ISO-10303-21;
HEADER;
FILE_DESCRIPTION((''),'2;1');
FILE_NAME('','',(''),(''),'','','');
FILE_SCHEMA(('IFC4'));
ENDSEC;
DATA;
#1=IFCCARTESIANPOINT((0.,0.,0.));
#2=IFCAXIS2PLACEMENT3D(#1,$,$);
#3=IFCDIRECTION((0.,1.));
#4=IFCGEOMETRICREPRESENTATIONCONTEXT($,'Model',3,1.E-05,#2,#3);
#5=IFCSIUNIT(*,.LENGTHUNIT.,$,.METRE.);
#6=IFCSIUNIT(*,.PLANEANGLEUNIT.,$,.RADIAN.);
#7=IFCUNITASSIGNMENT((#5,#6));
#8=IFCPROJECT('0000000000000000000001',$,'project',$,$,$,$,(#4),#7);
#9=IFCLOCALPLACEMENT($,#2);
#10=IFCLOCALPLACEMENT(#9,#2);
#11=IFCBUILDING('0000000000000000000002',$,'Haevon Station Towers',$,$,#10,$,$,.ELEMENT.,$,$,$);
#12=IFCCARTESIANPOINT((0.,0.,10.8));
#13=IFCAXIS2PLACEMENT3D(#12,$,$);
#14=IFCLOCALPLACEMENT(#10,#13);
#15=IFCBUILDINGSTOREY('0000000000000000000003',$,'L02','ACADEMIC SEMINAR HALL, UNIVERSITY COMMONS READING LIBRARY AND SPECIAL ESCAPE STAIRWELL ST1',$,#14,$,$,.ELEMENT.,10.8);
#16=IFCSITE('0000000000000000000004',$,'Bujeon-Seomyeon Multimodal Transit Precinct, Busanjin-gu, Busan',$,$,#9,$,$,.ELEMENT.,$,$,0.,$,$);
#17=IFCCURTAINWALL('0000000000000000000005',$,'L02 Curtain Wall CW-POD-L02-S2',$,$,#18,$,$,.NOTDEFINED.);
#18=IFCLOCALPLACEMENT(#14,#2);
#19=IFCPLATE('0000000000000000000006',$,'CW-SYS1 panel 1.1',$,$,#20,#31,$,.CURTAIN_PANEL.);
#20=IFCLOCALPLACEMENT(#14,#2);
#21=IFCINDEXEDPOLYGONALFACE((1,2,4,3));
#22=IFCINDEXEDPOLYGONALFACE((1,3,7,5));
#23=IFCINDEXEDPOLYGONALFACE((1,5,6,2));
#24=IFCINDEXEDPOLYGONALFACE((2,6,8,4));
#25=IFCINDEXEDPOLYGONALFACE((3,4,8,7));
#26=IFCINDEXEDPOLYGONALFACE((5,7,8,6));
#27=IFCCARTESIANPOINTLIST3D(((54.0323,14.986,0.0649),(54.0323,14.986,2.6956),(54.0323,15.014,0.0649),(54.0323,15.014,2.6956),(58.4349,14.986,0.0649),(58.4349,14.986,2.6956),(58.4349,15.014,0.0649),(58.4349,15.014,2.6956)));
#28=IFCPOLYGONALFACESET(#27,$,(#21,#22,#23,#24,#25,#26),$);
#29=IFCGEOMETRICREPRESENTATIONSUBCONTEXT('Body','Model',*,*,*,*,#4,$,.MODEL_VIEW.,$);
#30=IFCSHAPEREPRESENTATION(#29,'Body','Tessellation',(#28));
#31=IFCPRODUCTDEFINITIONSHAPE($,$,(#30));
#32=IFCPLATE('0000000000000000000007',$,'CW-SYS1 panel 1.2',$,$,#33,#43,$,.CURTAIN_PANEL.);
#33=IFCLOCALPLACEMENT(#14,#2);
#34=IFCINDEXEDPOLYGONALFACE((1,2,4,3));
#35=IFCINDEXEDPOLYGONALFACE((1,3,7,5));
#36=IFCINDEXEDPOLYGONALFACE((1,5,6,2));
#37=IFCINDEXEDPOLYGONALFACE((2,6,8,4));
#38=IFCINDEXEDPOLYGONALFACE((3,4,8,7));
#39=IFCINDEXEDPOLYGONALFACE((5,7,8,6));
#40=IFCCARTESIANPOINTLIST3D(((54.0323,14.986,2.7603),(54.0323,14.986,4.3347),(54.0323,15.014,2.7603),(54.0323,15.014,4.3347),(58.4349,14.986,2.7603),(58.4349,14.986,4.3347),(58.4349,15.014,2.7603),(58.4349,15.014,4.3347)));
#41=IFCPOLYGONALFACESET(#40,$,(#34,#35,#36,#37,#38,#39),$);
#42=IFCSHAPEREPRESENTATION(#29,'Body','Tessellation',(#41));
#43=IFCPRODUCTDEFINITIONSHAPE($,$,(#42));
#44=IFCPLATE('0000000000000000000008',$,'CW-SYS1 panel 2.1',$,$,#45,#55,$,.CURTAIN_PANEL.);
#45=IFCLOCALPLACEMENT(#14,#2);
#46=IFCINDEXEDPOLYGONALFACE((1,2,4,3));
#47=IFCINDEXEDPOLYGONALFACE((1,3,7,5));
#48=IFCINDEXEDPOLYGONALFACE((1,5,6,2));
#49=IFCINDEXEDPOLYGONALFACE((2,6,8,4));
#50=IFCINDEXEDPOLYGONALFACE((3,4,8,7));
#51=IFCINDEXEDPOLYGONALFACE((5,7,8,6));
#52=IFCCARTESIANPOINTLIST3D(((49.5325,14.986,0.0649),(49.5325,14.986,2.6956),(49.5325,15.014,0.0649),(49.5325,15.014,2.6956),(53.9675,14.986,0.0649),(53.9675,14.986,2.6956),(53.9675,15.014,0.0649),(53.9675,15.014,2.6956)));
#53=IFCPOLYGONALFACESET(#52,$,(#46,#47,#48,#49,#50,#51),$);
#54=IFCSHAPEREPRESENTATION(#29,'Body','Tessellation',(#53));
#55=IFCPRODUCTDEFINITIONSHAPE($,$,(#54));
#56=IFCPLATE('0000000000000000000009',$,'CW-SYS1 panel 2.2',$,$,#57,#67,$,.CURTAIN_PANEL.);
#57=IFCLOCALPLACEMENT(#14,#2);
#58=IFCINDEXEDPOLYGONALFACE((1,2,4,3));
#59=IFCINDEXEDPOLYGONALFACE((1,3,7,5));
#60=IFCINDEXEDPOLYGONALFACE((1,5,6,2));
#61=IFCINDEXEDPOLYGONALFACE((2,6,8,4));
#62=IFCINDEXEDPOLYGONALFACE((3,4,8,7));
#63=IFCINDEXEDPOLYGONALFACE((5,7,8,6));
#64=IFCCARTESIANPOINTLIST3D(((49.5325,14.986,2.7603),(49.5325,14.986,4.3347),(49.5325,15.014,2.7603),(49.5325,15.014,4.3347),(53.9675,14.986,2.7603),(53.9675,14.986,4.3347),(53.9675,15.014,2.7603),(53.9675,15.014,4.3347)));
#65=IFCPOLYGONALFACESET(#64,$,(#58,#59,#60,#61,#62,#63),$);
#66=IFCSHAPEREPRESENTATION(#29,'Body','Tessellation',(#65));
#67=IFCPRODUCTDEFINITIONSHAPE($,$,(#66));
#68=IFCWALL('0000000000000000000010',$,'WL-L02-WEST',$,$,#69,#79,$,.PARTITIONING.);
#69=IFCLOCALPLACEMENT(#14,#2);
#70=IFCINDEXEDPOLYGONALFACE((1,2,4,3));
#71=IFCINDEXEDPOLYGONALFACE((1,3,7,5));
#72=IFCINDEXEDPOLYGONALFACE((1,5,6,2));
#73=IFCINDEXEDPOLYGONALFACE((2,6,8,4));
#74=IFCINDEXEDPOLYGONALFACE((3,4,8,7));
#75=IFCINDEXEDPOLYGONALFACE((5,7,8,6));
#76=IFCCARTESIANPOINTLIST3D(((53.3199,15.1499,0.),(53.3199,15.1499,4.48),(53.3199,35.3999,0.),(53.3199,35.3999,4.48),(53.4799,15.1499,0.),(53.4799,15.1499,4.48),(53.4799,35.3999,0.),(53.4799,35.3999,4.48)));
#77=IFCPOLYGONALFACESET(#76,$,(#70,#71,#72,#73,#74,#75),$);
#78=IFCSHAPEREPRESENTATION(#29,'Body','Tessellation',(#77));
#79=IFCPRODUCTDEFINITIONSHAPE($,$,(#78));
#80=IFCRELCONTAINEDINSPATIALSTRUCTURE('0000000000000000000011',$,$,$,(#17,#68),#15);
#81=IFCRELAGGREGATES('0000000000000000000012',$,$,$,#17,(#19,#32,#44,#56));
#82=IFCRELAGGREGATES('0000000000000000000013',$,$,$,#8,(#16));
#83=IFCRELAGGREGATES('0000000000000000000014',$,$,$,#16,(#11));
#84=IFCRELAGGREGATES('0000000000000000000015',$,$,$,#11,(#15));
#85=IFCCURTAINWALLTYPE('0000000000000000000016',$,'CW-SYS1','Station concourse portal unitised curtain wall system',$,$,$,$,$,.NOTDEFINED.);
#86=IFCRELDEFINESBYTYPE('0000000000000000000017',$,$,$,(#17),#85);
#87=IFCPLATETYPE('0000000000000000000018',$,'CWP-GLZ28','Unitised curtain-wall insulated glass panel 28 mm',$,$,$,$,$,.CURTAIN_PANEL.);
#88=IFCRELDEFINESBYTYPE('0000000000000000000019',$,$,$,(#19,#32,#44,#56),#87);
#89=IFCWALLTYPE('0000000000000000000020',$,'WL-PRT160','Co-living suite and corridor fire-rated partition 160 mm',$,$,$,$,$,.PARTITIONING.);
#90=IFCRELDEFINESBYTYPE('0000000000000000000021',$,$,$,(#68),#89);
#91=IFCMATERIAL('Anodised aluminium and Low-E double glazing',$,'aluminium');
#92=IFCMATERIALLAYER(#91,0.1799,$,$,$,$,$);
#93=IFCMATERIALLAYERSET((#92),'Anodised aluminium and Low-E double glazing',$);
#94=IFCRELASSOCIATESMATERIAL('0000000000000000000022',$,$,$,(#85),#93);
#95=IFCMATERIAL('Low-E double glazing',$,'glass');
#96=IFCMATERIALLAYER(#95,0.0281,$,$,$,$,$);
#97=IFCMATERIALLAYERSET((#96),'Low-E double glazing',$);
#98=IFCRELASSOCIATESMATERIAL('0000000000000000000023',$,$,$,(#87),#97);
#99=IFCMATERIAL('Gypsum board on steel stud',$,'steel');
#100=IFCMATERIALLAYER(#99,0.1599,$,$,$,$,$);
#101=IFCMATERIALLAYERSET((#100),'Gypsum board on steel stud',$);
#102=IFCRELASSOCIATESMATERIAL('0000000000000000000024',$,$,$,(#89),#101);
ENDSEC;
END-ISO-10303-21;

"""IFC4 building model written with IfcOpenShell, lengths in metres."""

from ifc_helpers import new_model, si_unit, direction, frame, frame_2d, origin, origin_2d, place, context, subcontext, project, spatial, rectangle, extrude, material, layer, layer_set, type_object, element, aggregate, save


model = new_model("IFC4")

# Units and contexts
model_context = context("Model", 3, precision=1e-05, world=origin(), true_north=direction((0.0, 1.0)))
body_context = subcontext(model_context, "Body", "Model", "MODEL_VIEW")
ifc_project = project(units=[si_unit("LENGTHUNIT", "METRE"), si_unit("PLANEANGLEUNIT", "RADIAN")], contexts=[model_context])

# Site, building, storey
site_placement = place(None, origin())
site = spatial("IfcSite", under=ifc_project, at=site_placement, Name="Bujeon-Seomyeon Multimodal Transit Precinct, Busanjin-gu, Busan", CompositionType="ELEMENT", RefElevation=0.0)
building_placement = place(site_placement, origin())
building = spatial("IfcBuilding", under=site, at=building_placement, Name="Haevon Station Towers", CompositionType="ELEMENT")
storey_placement = place(building_placement, frame((0.0, 0.0, 10.8)))
storey = spatial("IfcBuildingStorey", under=building, at=storey_placement, Name="L02", Description="ACADEMIC SEMINAR HALL, UNIVERSITY COMMONS READING LIBRARY AND SPECIAL ESCAPE STAIRWELL ST1", CompositionType="ELEMENT", Elevation=10.8)

# Curtain wall, plates
ifc_material_1 = material(Name="Anodised aluminium and Low-E double glazing", Category="aluminium")
ifc_layer_1 = layer(ifc_material_1, 0.1799)
ifc_layer_set_1 = layer_set([ifc_layer_1], Name="Anodised aluminium and Low-E double glazing")
curtain_wall_type = type_object("IfcCurtainWallType", Name="CW-SYS1", Description="Station concourse portal unitised curtain wall system", PredefinedType="NOTDEFINED", material=ifc_layer_set_1)
curtain_wall_placement = place(storey_placement, origin())
curtain_wall = element("IfcCurtainWall", 1, at=curtain_wall_placement, inside=storey, type_object=curtain_wall_type, Name="L02 Curtain Wall CW-POD-L02-S2", PredefinedType="NOTDEFINED")
ifc_material_2 = material(Name="Low-E double glazing", Category="glass")
ifc_layer_2 = layer(ifc_material_2, 0.0281)
ifc_layer_set_2 = layer_set([ifc_layer_2], Name="Low-E double glazing")
plate_type = type_object("IfcPlateType", Name="CWP-GLZ28", Description="Unitised curtain-wall insulated glass panel 28 mm", PredefinedType="CURTAIN_PANEL", material=ifc_layer_set_2)
plate_1_placement = place(storey_placement, frame((56.2336, 15.0, 0.0649), z_axis=(0.0, 0.0, 1.0), x_axis=(-1.0, 0.0, 0.0)))
plate_1 = element("IfcPlate", 2, at=plate_1_placement, type_object=plate_type, Name="CW-SYS1 panel 1.1", PredefinedType="CURTAIN_PANEL", context=body_context, shape_type="SweptSolid", body=[
    extrude(rectangle(XDim=4.4026, YDim=0.0281, at=origin_2d()), origin(), (0.0, 0.0, 1.0), 2.6306),
])
plate_2_placement = place(storey_placement, frame((56.2336, 15.0, 2.7603), z_axis=(0.0, 0.0, 1.0), x_axis=(-1.0, 0.0, 0.0)))
plate_2 = element("IfcPlate", 3, at=plate_2_placement, type_object=plate_type, Name="CW-SYS1 panel 1.2", PredefinedType="CURTAIN_PANEL", context=body_context, shape_type="SweptSolid", body=[
    extrude(rectangle(XDim=4.4026, YDim=0.0281, at=origin_2d()), origin(), (0.0, 0.0, 1.0), 1.5745),
])
plate_3_placement = place(storey_placement, frame((51.75, 15.0, 0.0649), z_axis=(0.0, 0.0, 1.0), x_axis=(-1.0, 0.0, 0.0)))
plate_3 = element("IfcPlate", 4, at=plate_3_placement, type_object=plate_type, Name="CW-SYS1 panel 2.1", PredefinedType="CURTAIN_PANEL", context=body_context, shape_type="SweptSolid", body=[
    extrude(rectangle(XDim=4.4351, YDim=0.0281, at=origin_2d()), origin(), (0.0, 0.0, 1.0), 2.6306),
])
plate_4_placement = place(storey_placement, frame((51.75, 15.0, 2.7603), z_axis=(0.0, 0.0, 1.0), x_axis=(-1.0, 0.0, 0.0)))
plate_4 = element("IfcPlate", 5, at=plate_4_placement, type_object=plate_type, Name="CW-SYS1 panel 2.2", PredefinedType="CURTAIN_PANEL", context=body_context, shape_type="SweptSolid", body=[
    extrude(rectangle(XDim=4.4351, YDim=0.0281, at=origin_2d()), origin(), (0.0, 0.0, 1.0), 1.5745),
])
aggregate(curtain_wall, [plate_1, plate_2, plate_3, plate_4])

# Wall
ifc_material_3 = material(Name="Gypsum board on steel stud", Category="steel")
ifc_layer_3 = layer(ifc_material_3, 0.1599)
ifc_layer_set_3 = layer_set([ifc_layer_3], Name="Gypsum board on steel stud")
wall_type = type_object("IfcWallType", Name="WL-PRT160", Description="Co-living suite and corridor fire-rated partition 160 mm", PredefinedType="PARTITIONING", material=ifc_layer_set_3)
wall_placement = place(storey_placement, frame((53.3999, 15.1499, 0.0), z_axis=(0.0, 0.0, 1.0), x_axis=(0.0, 1.0, 0.0)))
element("IfcWall", 6, at=wall_placement, inside=storey, type_object=wall_type, Name="WL-L02-WEST", PredefinedType="PARTITIONING", context=body_context, shape_type="SweptSolid", body=[
    extrude(rectangle(XDim=20.25, YDim=0.1599, at=frame_2d((10.125, 0.0))), origin(), (0.0, 0.0, 1.0), 4.48),
])

save(model, "model.ifc")
